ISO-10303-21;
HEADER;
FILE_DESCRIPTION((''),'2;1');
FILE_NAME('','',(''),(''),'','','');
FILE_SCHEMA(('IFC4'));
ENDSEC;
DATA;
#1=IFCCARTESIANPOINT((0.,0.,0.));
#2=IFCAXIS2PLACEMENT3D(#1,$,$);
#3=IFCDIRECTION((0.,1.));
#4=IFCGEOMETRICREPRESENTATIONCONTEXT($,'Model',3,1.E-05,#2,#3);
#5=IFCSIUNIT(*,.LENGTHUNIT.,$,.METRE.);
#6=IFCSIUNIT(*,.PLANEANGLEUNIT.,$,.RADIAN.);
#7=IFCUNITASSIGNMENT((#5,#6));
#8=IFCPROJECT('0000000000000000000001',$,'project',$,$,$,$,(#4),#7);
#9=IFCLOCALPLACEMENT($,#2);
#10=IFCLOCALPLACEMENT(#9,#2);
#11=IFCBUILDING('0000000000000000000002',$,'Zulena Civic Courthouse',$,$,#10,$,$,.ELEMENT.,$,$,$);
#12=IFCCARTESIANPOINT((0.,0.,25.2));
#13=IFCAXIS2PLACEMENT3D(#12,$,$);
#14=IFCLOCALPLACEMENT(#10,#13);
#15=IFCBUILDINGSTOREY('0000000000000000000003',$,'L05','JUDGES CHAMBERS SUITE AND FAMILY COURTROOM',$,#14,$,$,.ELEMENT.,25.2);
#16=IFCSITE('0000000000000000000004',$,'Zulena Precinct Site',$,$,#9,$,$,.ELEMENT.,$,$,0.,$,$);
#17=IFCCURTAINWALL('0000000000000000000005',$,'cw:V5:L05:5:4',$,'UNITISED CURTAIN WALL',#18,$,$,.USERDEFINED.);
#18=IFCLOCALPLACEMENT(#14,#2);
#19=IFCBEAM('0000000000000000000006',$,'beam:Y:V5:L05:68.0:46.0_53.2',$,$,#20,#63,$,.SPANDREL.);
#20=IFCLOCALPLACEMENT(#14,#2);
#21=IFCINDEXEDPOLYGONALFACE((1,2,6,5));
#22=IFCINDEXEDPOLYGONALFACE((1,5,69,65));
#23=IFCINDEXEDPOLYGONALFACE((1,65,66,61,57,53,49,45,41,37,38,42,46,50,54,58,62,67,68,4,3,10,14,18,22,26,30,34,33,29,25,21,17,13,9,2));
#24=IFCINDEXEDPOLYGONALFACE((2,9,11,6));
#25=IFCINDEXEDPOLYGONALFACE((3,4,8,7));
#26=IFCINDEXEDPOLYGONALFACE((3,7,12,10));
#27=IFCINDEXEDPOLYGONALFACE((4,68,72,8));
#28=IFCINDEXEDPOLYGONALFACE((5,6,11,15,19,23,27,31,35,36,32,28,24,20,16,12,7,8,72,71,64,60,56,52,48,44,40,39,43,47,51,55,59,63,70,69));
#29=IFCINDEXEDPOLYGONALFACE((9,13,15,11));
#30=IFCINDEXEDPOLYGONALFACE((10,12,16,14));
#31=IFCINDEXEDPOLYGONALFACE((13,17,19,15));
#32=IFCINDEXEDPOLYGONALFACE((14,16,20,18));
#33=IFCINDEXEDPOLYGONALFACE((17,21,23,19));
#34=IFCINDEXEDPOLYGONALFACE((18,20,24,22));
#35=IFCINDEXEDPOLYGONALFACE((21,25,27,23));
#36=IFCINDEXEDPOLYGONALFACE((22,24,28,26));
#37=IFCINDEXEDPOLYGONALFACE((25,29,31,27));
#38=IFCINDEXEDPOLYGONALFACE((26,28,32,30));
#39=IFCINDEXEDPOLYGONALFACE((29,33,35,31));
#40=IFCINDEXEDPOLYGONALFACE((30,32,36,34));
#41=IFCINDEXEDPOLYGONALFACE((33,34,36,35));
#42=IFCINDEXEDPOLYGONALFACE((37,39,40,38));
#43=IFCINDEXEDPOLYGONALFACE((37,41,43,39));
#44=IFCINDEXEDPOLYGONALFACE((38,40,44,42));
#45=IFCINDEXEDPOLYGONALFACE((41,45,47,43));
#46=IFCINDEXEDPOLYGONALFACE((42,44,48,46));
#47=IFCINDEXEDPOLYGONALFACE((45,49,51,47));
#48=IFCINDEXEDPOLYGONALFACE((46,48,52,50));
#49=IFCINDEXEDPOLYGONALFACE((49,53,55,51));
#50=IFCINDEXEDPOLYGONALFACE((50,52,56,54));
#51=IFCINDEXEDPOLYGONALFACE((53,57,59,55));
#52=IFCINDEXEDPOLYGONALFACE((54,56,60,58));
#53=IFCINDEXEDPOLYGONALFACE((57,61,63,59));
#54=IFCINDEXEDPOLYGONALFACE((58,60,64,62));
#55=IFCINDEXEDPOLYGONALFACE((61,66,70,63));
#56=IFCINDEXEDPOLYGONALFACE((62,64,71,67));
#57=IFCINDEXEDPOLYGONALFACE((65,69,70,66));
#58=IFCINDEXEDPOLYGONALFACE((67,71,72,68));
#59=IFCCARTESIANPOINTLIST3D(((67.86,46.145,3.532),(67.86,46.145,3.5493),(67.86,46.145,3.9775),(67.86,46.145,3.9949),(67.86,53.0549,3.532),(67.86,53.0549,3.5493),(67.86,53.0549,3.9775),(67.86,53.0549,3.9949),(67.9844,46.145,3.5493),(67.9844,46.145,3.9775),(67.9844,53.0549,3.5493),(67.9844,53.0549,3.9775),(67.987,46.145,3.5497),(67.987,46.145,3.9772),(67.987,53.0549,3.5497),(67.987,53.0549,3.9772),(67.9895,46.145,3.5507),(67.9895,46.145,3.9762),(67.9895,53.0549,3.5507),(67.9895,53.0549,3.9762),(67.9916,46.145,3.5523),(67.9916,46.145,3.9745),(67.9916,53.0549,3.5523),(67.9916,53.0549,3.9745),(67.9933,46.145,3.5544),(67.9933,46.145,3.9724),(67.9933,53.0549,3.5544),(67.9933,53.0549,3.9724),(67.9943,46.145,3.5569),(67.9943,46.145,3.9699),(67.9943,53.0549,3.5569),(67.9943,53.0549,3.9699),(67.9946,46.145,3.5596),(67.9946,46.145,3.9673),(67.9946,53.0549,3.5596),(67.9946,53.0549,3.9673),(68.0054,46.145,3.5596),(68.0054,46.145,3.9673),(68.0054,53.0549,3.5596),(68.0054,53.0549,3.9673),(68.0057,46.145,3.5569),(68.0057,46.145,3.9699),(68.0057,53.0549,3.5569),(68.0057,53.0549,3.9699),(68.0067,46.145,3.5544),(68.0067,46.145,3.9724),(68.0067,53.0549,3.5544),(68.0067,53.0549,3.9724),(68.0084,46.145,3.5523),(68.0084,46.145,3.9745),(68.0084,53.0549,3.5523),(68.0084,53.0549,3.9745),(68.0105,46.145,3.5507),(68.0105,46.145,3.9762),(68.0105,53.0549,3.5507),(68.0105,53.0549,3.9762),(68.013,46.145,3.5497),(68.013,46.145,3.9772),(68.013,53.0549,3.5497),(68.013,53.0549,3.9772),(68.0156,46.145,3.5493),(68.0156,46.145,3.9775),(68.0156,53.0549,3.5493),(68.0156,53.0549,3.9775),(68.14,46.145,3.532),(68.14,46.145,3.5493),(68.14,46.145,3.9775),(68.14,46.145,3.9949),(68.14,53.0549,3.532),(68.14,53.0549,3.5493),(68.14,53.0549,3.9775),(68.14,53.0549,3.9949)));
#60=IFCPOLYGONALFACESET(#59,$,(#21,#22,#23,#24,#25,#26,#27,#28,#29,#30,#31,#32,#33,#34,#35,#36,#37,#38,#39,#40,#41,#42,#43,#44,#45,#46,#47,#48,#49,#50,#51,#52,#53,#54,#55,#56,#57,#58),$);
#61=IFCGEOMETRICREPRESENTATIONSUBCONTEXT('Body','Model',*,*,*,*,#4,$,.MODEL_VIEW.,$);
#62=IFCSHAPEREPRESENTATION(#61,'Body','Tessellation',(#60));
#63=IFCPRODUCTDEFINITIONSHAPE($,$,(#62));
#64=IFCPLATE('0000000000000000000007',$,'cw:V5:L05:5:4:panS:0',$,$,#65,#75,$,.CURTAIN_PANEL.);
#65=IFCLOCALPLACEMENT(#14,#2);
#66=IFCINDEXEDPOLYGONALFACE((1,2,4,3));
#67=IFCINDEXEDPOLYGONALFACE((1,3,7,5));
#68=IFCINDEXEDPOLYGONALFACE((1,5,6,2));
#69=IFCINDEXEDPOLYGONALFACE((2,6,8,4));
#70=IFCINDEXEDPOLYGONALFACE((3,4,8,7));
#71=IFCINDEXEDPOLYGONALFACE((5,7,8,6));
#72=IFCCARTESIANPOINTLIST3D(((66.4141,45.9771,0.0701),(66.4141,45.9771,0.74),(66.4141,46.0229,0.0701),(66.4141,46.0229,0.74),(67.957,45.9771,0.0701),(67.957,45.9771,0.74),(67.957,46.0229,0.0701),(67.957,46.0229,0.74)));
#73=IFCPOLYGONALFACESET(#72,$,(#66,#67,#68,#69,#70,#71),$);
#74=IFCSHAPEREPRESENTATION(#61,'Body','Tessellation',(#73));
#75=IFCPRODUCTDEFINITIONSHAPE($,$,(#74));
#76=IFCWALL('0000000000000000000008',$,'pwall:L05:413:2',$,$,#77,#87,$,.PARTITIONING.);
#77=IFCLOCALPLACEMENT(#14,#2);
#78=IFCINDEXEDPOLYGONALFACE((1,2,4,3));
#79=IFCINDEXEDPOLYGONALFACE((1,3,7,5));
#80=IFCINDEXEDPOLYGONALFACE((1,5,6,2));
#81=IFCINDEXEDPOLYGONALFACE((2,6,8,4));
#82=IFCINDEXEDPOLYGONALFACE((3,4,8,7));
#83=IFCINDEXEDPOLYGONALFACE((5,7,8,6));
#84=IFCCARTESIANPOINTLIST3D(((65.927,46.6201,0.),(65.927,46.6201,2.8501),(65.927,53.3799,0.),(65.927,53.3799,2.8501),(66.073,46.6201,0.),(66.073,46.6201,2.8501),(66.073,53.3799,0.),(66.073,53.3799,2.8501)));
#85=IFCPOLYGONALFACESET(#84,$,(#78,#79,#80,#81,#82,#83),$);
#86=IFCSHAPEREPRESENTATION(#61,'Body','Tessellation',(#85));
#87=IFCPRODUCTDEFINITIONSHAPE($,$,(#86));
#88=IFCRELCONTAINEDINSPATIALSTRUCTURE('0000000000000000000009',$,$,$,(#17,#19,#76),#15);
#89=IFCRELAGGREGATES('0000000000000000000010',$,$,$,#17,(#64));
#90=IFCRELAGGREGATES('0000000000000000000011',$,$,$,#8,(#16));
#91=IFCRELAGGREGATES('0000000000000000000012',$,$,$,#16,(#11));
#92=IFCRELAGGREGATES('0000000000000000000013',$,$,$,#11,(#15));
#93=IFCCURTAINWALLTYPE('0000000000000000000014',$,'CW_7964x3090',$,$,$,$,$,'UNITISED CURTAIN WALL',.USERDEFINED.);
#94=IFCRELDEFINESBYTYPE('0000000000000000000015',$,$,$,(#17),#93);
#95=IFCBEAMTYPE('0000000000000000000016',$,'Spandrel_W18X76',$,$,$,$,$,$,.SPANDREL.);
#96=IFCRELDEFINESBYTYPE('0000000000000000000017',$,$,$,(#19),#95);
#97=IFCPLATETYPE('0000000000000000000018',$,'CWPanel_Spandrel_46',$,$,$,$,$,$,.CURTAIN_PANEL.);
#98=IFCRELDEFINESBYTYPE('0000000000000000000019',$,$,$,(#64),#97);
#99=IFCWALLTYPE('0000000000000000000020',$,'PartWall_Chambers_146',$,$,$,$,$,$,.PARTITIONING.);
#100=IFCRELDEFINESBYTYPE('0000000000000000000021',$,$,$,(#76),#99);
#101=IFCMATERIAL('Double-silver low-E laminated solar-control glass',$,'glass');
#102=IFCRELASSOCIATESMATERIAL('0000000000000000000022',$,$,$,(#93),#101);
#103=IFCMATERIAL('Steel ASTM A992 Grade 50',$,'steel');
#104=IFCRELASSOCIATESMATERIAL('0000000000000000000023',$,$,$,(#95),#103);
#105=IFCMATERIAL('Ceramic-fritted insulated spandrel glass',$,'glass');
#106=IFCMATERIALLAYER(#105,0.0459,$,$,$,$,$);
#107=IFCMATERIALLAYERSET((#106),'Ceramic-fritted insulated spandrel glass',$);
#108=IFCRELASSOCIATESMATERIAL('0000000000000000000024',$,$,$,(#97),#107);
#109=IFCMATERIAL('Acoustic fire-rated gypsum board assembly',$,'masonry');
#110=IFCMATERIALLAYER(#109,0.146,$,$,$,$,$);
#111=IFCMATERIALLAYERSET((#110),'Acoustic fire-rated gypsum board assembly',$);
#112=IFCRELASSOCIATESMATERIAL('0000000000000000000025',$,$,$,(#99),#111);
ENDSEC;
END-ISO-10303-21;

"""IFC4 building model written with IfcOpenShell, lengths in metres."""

from ifc_helpers import new_model, si_unit, direction, frame, frame_2d, origin, origin_2d, place, context, subcontext, project, spatial, rectangle, i_section, extrude, material, layer, layer_set, material_profile, profile_set, type_object, element, aggregate, save


model = new_model("IFC4")

# Units and contexts
model_context = context("Model", 3, precision=1e-05, world=origin(), true_north=direction((0.0, 1.0)))
body_context = subcontext(model_context, "Body", "Model", "MODEL_VIEW")
ifc_project = project(units=[si_unit("LENGTHUNIT", "METRE"), si_unit("PLANEANGLEUNIT", "RADIAN")], contexts=[model_context])

# Site, building, storey
site_placement = place(None, origin())
site = spatial("IfcSite", under=ifc_project, at=site_placement, Name="Zulena Precinct Site", CompositionType="ELEMENT", RefElevation=0.0)
building_placement = place(site_placement, origin())
building = spatial("IfcBuilding", under=site, at=building_placement, Name="Zulena Civic Courthouse", CompositionType="ELEMENT")
storey_placement = place(building_placement, frame((0.0, 0.0, 25.2)))
storey = spatial("IfcBuildingStorey", under=building, at=storey_placement, Name="L05", Description="JUDGES CHAMBERS SUITE AND FAMILY COURTROOM", CompositionType="ELEMENT", Elevation=25.2)

# Shared definitions
ifc_material_1 = material(Name="Steel ASTM A992 Grade 50", Category="steel")

# Curtain wall
ifc_material_2 = material(Name="Double-silver low-E laminated solar-control glass", Category="glass")
curtain_wall_type = type_object("IfcCurtainWallType", Name="CW_7964x3090", ElementType="UNITISED CURTAIN WALL", PredefinedType="USERDEFINED", material=ifc_material_2)
curtain_wall_placement = place(storey_placement, origin())
curtain_wall = element("IfcCurtainWall", 1, at=curtain_wall_placement, inside=storey, type_object=curtain_wall_type, Name="cw:V5:L05:5:4", ObjectType="UNITISED CURTAIN WALL", PredefinedType="USERDEFINED")

# Beam
ifc_material_profile_1 = material_profile(ifc_material_1, i_section(OverallWidth=0.28, OverallDepth=0.4629, WebThickness=0.0107, FlangeThickness=0.0173, FilletRadius=0.0103, at=origin_2d()), Name="W18X76")
ifc_profile_set_1 = profile_set([ifc_material_profile_1], Name="Steel ASTM A992 Grade 50")
beam_type_1 = type_object("IfcBeamType", Name="Spandrel_W18X76", PredefinedType="SPANDREL", material=ifc_profile_set_1)
for number, where, z_axis, x_axis, name in (
    (2, (68.0, 46.145, 3.7634), (0.0, 1.0, 0.0), (-1.0, 0.0, 0.0), "beam:Y:V5:L05:68.0:46.0_53.2"),
):
    element("IfcBeam", number, at=place(storey_placement, frame(where, z_axis=z_axis, x_axis=x_axis)), inside=storey, type_object=beam_type_1, Name=name, PredefinedType="SPANDREL", context=body_context, shape_type="SweptSolid", body=[
        extrude(i_section(OverallWidth=0.28, OverallDepth=0.4629, WebThickness=0.0107, FlangeThickness=0.0173, FilletRadius=0.0103, at=origin_2d()), origin(), (0.0, 0.0, 1.0), 6.9099),
    ])

# Plate
ifc_material_3 = material(Name="Ceramic-fritted insulated spandrel glass", Category="glass")
ifc_layer_1 = layer(ifc_material_3, 0.0459)
ifc_layer_set_1 = layer_set([ifc_layer_1], Name="Ceramic-fritted insulated spandrel glass")
plate_type = type_object("IfcPlateType", Name="CWPanel_Spandrel_46", PredefinedType="CURTAIN_PANEL", material=ifc_layer_set_1)
plate_placement = place(storey_placement, frame((67.1855, 46.0, 0.0701), z_axis=(0.0, 0.0, 1.0), x_axis=(-1.0, 0.0, 0.0)))
plate = element("IfcPlate", 3, at=plate_placement, type_object=plate_type, Name="cw:V5:L05:5:4:panS:0", PredefinedType="CURTAIN_PANEL", context=body_context, shape_type="SweptSolid", body=[
    extrude(rectangle(XDim=1.543, YDim=0.0459, at=origin_2d()), origin(), (0.0, 0.0, 1.0), 0.6699),
])
aggregate(curtain_wall, [plate])

# Wall
ifc_material_4 = material(Name="Acoustic fire-rated gypsum board assembly", Category="masonry")
ifc_layer_2 = layer(ifc_material_4, 0.146)
ifc_layer_set_2 = layer_set([ifc_layer_2], Name="Acoustic fire-rated gypsum board assembly")
wall_type = type_object("IfcWallType", Name="PartWall_Chambers_146", PredefinedType="PARTITIONING", material=ifc_layer_set_2)
wall_placement = place(storey_placement, frame((66.0, 46.6201, 0.0), z_axis=(0.0, 0.0, 1.0), x_axis=(0.0, 1.0, 0.0)))
element("IfcWall", 4, at=wall_placement, inside=storey, type_object=wall_type, Name="pwall:L05:413:2", PredefinedType="PARTITIONING", context=body_context, shape_type="SweptSolid", body=[
    extrude(rectangle(XDim=6.7598, YDim=0.146, at=frame_2d((3.3799, 0.0))), origin(), (0.0, 0.0, 1.0), 2.8501),
])

save(model, "model.ifc")
